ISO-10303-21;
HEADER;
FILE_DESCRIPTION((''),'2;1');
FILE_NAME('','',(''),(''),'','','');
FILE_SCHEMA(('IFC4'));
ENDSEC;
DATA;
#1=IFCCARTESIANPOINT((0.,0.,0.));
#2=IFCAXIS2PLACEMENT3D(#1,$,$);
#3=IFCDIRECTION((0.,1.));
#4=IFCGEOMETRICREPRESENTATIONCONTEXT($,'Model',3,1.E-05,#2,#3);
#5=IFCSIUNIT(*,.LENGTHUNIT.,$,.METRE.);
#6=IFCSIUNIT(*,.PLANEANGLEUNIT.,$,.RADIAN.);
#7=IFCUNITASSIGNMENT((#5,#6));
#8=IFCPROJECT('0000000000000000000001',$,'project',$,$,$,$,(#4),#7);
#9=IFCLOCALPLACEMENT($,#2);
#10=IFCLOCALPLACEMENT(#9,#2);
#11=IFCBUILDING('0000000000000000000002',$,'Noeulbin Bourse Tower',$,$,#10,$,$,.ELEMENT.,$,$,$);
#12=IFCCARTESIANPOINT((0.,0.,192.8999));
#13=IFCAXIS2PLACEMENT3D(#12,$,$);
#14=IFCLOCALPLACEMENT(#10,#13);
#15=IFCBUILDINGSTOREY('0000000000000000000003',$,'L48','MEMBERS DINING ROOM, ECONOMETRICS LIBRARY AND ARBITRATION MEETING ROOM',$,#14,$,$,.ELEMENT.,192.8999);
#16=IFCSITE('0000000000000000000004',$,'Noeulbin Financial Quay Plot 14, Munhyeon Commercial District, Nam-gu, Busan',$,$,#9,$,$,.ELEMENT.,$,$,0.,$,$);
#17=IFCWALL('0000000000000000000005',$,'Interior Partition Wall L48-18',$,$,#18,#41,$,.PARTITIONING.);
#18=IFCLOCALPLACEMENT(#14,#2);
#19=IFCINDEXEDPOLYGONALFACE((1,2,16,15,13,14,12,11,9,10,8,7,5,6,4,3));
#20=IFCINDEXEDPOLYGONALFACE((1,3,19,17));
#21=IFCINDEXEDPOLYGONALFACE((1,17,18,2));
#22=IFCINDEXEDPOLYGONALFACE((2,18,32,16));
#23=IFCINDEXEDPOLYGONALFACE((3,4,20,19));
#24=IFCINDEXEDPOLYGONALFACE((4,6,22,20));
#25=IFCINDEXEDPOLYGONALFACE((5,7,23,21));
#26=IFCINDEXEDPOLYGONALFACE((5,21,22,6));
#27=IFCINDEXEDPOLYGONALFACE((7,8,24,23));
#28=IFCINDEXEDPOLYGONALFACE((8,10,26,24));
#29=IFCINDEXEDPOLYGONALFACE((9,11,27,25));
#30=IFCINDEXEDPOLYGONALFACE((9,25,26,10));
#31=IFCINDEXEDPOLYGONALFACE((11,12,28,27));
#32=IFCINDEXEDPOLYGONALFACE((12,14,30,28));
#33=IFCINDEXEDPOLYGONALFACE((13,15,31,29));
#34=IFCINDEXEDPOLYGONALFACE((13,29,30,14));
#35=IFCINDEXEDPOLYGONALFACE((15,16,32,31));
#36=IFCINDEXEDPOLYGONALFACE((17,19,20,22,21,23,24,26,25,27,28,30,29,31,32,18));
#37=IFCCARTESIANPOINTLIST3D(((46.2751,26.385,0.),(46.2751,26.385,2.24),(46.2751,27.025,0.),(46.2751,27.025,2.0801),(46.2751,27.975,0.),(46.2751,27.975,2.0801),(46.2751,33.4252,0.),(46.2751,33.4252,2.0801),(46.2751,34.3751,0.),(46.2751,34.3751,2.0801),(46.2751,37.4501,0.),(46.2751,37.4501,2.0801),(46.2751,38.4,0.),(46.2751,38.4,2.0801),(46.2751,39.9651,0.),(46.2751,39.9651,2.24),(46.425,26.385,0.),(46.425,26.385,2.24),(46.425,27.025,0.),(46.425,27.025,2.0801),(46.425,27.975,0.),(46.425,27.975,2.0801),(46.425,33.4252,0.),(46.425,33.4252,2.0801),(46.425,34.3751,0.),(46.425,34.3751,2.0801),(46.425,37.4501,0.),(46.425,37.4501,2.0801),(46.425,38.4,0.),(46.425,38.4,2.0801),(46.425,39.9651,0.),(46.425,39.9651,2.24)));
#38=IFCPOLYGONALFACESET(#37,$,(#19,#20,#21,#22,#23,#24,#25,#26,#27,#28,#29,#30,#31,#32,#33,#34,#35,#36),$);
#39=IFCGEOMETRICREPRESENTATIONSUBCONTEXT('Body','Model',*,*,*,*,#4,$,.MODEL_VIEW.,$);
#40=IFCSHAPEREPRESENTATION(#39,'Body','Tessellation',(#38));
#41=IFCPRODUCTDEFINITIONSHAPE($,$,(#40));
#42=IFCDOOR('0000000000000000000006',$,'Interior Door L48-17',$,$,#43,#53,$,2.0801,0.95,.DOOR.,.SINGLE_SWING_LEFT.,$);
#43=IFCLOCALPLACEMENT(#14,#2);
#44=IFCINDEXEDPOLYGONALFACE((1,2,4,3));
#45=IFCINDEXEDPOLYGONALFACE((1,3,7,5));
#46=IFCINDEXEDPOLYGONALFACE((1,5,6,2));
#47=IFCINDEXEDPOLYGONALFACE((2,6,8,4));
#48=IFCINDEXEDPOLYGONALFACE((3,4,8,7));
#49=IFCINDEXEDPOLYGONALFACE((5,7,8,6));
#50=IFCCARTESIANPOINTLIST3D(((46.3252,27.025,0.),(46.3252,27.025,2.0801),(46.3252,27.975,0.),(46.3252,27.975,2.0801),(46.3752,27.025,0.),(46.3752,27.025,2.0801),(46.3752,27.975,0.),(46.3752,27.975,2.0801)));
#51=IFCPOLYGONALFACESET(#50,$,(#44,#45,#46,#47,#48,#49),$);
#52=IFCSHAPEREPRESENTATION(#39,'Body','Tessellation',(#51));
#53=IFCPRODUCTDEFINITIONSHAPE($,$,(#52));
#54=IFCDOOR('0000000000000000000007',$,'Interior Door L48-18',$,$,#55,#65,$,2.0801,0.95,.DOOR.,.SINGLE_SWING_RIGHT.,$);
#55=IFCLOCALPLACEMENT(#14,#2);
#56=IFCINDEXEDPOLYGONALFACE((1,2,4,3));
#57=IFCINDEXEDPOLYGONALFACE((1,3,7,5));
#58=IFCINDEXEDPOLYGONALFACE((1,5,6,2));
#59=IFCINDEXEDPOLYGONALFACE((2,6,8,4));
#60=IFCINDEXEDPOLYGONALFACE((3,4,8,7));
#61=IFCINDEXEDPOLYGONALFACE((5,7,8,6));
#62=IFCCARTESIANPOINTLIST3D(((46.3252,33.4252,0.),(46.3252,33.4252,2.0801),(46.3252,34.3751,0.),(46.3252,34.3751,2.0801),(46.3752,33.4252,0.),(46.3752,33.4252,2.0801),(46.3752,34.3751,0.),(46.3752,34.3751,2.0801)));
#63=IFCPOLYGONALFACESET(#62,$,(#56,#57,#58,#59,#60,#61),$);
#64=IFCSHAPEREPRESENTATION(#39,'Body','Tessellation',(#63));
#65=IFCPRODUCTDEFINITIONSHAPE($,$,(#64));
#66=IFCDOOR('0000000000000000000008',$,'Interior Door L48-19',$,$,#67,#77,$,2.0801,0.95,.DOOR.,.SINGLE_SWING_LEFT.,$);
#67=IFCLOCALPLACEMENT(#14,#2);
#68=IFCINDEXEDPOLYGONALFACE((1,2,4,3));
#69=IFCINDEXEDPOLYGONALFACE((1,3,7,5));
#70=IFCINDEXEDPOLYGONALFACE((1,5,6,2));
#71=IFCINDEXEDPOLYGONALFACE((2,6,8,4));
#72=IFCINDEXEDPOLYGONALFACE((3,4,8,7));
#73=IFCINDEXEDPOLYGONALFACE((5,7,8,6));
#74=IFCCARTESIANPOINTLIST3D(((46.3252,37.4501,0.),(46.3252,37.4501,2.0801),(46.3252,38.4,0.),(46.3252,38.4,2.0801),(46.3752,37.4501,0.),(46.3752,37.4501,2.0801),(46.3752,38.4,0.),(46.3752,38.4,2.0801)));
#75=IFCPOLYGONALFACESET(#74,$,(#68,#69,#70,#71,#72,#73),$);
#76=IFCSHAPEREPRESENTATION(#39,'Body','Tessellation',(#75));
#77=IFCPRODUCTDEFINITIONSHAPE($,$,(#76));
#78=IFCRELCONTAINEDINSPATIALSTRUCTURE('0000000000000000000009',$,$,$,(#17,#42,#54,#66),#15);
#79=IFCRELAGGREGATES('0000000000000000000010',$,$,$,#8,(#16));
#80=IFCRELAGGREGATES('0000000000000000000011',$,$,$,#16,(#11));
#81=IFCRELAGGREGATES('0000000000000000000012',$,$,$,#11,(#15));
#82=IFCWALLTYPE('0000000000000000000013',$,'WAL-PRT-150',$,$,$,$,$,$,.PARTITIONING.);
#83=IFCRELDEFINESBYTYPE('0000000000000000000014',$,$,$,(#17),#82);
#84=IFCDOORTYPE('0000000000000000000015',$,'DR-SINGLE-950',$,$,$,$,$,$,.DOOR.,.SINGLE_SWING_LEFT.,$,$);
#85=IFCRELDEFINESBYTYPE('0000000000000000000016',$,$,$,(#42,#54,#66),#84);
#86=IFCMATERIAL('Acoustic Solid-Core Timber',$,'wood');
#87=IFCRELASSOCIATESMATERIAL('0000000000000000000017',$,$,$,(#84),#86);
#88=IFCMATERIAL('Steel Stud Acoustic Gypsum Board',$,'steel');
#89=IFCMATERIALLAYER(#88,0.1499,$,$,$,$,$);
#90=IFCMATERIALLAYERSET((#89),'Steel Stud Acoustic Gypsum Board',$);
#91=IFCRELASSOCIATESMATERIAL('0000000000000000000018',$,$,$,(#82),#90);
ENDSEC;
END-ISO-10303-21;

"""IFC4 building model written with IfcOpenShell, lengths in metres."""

from ifc_helpers import new_model, si_unit, direction, frame, frame_2d, origin, place, context, subcontext, project, spatial, rectangle, extrude, material, layer, layer_set, type_object, element, fill, save


model = new_model("IFC4")

# Units and contexts
model_context = context("Model", 3, precision=1e-05, world=origin(), true_north=direction((0.0, 1.0)))
body_context = subcontext(model_context, "Body", "Model", "MODEL_VIEW")
ifc_project = project(units=[si_unit("LENGTHUNIT", "METRE"), si_unit("PLANEANGLEUNIT", "RADIAN")], contexts=[model_context])

# Site, building, storey
site_placement = place(None, origin())
site = spatial("IfcSite", under=ifc_project, at=site_placement, Name="Noeulbin Financial Quay Plot 14, Munhyeon Commercial District, Nam-gu, Busan", CompositionType="ELEMENT", RefElevation=0.0)
building_placement = place(site_placement, origin())
building = spatial("IfcBuilding", under=site, at=building_placement, Name="Noeulbin Bourse Tower", CompositionType="ELEMENT")
storey_placement = place(building_placement, frame((0.0, 0.0, 192.8999)))
storey = spatial("IfcBuildingStorey", under=building, at=storey_placement, Name="L48", Description="MEMBERS DINING ROOM, ECONOMETRICS LIBRARY AND ARBITRATION MEETING ROOM", CompositionType="ELEMENT", Elevation=192.8999)

# Shared definitions
ifc_material_1 = material(Name="Acoustic Solid-Core Timber", Category="wood")
door_type = type_object("IfcDoorType", Name="DR-SINGLE-950", OperationType="SINGLE_SWING_LEFT", PredefinedType="DOOR", material=ifc_material_1)

# Wall, openings, doors
ifc_material_2 = material(Name="Steel Stud Acoustic Gypsum Board", Category="steel")
ifc_layer_1 = layer(ifc_material_2, 0.1499)
ifc_layer_set_1 = layer_set([ifc_layer_1], Name="Steel Stud Acoustic Gypsum Board")
wall_type_1 = type_object("IfcWallType", Name="WAL-PRT-150", PredefinedType="PARTITIONING", material=ifc_layer_set_1)
wall_1_placement = place(storey_placement, frame((46.3501, 26.385, 0.0), z_axis=(0.0, 0.0, 1.0), x_axis=(0.0, 1.0, 0.0)))
wall_1 = element("IfcWall", 1, at=wall_1_placement, inside=storey, type_object=wall_type_1, Name="Interior Partition Wall L48-18", PredefinedType="PARTITIONING", context=body_context, shape_type="SweptSolid", body=[
    extrude(rectangle(XDim=13.5801, YDim=0.1499, at=frame_2d((6.79, 0.0))), origin(), (0.0, 0.0, 1.0), 2.24),
])
opening_1_placement = place(wall_1_placement, frame((0.6399, 0.0, 0.0)))
opening_1 = element("IfcOpeningElement", 2, at=opening_1_placement, cuts=wall_1, PredefinedType="OPENING", context=body_context, shape_type="SweptSolid", body=[
    extrude(rectangle(XDim=0.95, YDim=2.0801, at=frame_2d((0.4751, 1.04))), frame((0.0, 0.085, 0.0), z_axis=(0.0, -1.0, 0.0), x_axis=(1.0, 0.0, 0.0)), (0.0, 0.0, 1.0), 0.1699),
])
opening_2_placement = place(wall_1_placement, frame((7.04, 0.0, 0.0)))
opening_2 = element("IfcOpeningElement", 3, at=opening_2_placement, cuts=wall_1, PredefinedType="OPENING", context=body_context, shape_type="SweptSolid", body=[
    extrude(rectangle(XDim=0.95, YDim=2.0801, at=frame_2d((0.4751, 1.04))), frame((0.0, 0.085, 0.0), z_axis=(0.0, -1.0, 0.0), x_axis=(1.0, 0.0, 0.0)), (0.0, 0.0, 1.0), 0.1699),
])
opening_3_placement = place(wall_1_placement, frame((11.0649, 0.0, 0.0)))
opening_3 = element("IfcOpeningElement", 4, at=opening_3_placement, cuts=wall_1, PredefinedType="OPENING", context=body_context, shape_type="SweptSolid", body=[
    extrude(rectangle(XDim=0.95, YDim=2.0801, at=frame_2d((0.4751, 1.04))), frame((0.0, 0.085, 0.0), z_axis=(0.0, -1.0, 0.0), x_axis=(1.0, 0.0, 0.0)), (0.0, 0.0, 1.0), 0.1699),
])
door_1_placement = place(opening_1_placement, origin())
door_1 = element("IfcDoor", 5, at=door_1_placement, inside=storey, type_object=door_type, Name="Interior Door L48-17", OperationType="SINGLE_SWING_LEFT", OverallHeight=2.0801, OverallWidth=0.95, PredefinedType="DOOR", context=body_context, shape_type="SweptSolid", body=[
    extrude(rectangle(XDim=0.95, YDim=2.0801, at=frame_2d((0.4751, 1.04))), frame((0.0, 0.0249, 0.0), z_axis=(0.0, -1.0, 0.0), x_axis=(1.0, 0.0, 0.0)), (0.0, 0.0, 1.0), 0.05),
])
fill(opening_1, door_1)
door_2_placement = place(opening_2_placement, origin())
door_2 = element("IfcDoor", 6, at=door_2_placement, inside=storey, type_object=door_type, Name="Interior Door L48-18", OperationType="SINGLE_SWING_RIGHT", OverallHeight=2.0801, OverallWidth=0.95, PredefinedType="DOOR", context=body_context, shape_type="SweptSolid", body=[
    extrude(rectangle(XDim=0.95, YDim=2.0801, at=frame_2d((0.4751, 1.04))), frame((0.0, 0.0249, 0.0), z_axis=(0.0, -1.0, 0.0), x_axis=(1.0, 0.0, 0.0)), (0.0, 0.0, 1.0), 0.05),
])
fill(opening_2, door_2)
door_3_placement = place(opening_3_placement, origin())
door_3 = element("IfcDoor", 7, at=door_3_placement, inside=storey, type_object=door_type, Name="Interior Door L48-19", OperationType="SINGLE_SWING_LEFT", OverallHeight=2.0801, OverallWidth=0.95, PredefinedType="DOOR", context=body_context, shape_type="SweptSolid", body=[
    extrude(rectangle(XDim=0.95, YDim=2.0801, at=frame_2d((0.4751, 1.04))), frame((0.0, 0.0249, 0.0), z_axis=(0.0, -1.0, 0.0), x_axis=(1.0, 0.0, 0.0)), (0.0, 0.0, 1.0), 0.05),
])
fill(opening_3, door_3)

save(model, "model.ifc")
